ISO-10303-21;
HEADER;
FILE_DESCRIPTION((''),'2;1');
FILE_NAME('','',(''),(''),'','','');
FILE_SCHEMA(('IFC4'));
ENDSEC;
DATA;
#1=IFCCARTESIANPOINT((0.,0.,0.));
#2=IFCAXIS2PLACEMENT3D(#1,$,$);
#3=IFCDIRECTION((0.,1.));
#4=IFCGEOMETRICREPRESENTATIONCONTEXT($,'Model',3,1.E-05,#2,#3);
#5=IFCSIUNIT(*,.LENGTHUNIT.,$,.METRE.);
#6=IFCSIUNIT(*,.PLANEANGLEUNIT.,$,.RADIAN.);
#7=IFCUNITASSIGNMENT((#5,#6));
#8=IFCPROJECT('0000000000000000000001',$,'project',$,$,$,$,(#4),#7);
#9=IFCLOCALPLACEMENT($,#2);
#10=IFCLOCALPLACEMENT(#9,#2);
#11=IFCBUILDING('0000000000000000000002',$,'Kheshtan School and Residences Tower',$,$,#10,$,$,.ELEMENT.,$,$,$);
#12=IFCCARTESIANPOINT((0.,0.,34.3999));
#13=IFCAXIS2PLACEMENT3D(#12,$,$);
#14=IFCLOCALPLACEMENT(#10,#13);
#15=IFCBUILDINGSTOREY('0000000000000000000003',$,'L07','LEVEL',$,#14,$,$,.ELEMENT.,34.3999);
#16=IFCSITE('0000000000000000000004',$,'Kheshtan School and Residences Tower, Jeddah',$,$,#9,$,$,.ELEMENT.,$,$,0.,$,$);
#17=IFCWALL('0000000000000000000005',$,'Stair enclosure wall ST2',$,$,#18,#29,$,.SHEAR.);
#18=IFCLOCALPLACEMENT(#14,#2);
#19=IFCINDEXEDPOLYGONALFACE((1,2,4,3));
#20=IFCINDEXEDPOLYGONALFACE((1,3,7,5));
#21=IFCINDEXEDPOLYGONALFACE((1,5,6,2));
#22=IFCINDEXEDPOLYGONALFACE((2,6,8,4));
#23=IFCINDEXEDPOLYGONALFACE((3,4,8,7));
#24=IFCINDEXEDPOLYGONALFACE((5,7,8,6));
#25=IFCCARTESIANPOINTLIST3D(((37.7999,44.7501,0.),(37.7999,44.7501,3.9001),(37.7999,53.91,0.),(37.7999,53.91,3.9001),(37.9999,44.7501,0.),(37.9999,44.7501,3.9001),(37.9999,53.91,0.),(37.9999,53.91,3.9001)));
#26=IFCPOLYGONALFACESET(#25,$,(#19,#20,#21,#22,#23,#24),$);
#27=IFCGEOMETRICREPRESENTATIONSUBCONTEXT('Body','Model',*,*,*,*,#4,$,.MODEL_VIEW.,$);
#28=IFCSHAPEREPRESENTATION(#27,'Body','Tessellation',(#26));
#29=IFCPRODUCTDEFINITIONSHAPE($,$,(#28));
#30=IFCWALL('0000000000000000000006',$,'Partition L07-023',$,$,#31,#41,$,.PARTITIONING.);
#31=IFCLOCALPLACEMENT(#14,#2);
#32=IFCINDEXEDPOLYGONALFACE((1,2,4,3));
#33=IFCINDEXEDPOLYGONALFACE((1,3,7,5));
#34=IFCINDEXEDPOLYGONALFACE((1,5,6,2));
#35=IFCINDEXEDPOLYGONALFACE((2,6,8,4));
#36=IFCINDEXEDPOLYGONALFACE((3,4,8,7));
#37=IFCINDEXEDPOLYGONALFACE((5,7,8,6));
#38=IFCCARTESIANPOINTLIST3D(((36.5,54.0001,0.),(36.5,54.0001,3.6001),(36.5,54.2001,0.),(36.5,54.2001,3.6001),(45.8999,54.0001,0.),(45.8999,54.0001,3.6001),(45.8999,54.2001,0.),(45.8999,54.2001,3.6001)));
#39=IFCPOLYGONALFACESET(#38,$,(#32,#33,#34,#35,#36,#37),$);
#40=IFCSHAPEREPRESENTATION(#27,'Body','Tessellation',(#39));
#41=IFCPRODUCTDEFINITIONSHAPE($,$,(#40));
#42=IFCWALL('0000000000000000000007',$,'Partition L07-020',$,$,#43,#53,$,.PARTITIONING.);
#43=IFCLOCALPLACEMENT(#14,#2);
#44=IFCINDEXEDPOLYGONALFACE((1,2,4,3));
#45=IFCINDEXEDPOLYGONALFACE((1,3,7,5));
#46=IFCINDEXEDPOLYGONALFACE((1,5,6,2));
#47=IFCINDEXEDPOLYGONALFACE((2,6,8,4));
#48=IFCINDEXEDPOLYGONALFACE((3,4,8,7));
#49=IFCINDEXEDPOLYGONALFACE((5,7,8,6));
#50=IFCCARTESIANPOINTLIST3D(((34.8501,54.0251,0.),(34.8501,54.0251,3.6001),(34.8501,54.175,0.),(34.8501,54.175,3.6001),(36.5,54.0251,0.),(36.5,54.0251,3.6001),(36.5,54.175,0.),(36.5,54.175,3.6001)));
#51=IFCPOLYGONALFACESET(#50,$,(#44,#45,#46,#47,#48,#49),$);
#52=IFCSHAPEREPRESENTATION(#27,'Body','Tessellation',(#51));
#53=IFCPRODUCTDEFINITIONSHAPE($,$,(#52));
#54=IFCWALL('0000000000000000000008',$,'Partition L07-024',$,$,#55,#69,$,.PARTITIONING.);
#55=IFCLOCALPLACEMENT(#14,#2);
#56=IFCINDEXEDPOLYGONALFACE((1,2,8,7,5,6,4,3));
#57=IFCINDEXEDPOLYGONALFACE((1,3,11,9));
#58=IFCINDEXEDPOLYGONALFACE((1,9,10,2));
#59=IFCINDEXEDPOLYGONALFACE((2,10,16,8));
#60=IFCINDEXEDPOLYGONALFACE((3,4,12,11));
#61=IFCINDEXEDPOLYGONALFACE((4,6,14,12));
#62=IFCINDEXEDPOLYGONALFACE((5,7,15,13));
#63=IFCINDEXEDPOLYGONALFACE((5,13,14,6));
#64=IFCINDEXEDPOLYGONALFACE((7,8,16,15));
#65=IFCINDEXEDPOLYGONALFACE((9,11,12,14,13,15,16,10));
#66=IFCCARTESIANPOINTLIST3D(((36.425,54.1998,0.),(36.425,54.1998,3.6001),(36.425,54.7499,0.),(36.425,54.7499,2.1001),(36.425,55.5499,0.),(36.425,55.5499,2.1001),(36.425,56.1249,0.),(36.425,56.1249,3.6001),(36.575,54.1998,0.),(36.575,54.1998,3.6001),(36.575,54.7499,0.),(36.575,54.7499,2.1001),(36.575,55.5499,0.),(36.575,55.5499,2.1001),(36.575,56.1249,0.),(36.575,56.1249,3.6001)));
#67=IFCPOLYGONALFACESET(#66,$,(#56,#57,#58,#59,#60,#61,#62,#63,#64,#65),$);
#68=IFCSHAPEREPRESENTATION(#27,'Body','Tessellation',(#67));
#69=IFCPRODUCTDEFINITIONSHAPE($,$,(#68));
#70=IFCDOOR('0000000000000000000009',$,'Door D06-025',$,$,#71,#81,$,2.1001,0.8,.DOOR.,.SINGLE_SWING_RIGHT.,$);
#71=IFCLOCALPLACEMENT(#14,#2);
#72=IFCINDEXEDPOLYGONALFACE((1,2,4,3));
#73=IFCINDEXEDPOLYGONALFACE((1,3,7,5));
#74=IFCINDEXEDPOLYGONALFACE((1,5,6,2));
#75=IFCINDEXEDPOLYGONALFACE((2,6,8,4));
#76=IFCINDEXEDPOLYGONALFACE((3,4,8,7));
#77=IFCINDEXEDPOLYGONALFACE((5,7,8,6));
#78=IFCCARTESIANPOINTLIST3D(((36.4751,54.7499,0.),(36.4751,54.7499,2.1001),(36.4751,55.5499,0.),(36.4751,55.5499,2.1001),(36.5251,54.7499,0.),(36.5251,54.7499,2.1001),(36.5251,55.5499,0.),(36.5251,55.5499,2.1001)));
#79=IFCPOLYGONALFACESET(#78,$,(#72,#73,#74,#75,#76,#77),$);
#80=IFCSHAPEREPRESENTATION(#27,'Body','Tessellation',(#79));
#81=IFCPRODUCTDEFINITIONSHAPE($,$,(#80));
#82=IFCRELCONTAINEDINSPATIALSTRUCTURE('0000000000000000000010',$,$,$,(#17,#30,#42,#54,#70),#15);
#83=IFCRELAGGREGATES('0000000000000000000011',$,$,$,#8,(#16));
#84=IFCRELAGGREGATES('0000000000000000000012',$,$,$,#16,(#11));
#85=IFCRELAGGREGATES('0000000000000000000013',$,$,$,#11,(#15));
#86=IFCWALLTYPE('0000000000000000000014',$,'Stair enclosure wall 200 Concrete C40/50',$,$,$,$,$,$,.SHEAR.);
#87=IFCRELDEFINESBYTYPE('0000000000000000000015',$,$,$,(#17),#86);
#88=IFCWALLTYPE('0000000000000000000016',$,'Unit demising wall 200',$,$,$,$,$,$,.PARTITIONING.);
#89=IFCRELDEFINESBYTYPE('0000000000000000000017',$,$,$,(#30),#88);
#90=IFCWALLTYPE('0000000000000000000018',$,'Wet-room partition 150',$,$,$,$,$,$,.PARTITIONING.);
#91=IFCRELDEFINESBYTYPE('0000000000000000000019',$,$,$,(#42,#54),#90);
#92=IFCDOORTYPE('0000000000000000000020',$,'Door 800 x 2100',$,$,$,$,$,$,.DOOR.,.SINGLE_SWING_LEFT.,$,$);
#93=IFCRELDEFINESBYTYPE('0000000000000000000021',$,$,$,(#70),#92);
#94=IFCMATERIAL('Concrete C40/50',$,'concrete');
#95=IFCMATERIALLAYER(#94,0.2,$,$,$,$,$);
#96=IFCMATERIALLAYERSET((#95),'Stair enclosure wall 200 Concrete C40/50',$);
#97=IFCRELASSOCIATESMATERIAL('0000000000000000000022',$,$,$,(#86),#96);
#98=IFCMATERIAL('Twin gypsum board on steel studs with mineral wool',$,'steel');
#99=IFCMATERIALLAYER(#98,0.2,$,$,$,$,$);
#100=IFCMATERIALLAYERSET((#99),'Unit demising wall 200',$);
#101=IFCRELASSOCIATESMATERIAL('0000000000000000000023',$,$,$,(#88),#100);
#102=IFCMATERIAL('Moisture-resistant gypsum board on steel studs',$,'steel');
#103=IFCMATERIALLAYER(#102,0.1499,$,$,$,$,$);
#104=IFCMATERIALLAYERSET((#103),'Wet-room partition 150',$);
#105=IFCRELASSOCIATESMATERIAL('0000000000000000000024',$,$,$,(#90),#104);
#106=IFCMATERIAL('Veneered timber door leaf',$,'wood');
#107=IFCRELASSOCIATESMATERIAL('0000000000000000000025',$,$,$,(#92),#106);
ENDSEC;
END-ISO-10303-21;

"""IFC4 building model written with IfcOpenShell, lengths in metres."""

from ifc_helpers import new_model, si_unit, direction, frame, frame_2d, origin, place, context, subcontext, project, spatial, rectangle, extrude, source, transform, mapped, material, layer, layer_set, type_object, element, fill, save


model = new_model("IFC4")

# Units and contexts
model_context = context("Model", 3, precision=1e-05, world=origin(), true_north=direction((0.0, 1.0)))
body_context = subcontext(model_context, "Body", "Model", "MODEL_VIEW")
ifc_project = project(units=[si_unit("LENGTHUNIT", "METRE"), si_unit("PLANEANGLEUNIT", "RADIAN")], contexts=[model_context])

# Site, building, storey
site_placement = place(None, origin())
site = spatial("IfcSite", under=ifc_project, at=site_placement, Name="Kheshtan School and Residences Tower, Jeddah", CompositionType="ELEMENT", RefElevation=0.0)
building_placement = place(site_placement, origin())
building = spatial("IfcBuilding", under=site, at=building_placement, Name="Kheshtan School and Residences Tower", CompositionType="ELEMENT")
storey_placement = place(building_placement, frame((0.0, 0.0, 34.3999)))
storey = spatial("IfcBuildingStorey", under=building, at=storey_placement, Name="L07", Description="LEVEL", CompositionType="ELEMENT", Elevation=34.3999)

# Walls
ifc_material_1 = material(Name="Concrete C40/50", Category="concrete")
ifc_layer_1 = layer(ifc_material_1, 0.2)
ifc_layer_set_1 = layer_set([ifc_layer_1], Name="Stair enclosure wall 200 Concrete C40/50")
wall_type_1 = type_object("IfcWallType", Name="Stair enclosure wall 200 Concrete C40/50", PredefinedType="SHEAR", material=ifc_layer_set_1)
wall_1_placement = place(storey_placement, frame((37.8999, 44.75, 0.0), z_axis=(0.0, 0.0, 1.0), x_axis=(0.0, 1.0, 0.0)))
element("IfcWall", 1, at=wall_1_placement, inside=storey, type_object=wall_type_1, Name="Stair enclosure wall ST2", PredefinedType="SHEAR", context=body_context, shape_type="SweptSolid", body=[
    extrude(rectangle(XDim=9.1599, YDim=0.2, at=frame_2d((4.5801, 0.0))), origin(), (0.0, 0.0, 1.0), 3.9001),
])
ifc_material_2 = material(Name="Twin gypsum board on steel studs with mineral wool", Category="steel")
ifc_layer_2 = layer(ifc_material_2, 0.2)
ifc_layer_set_2 = layer_set([ifc_layer_2], Name="Unit demising wall 200")
wall_type_2 = type_object("IfcWallType", Name="Unit demising wall 200", PredefinedType="PARTITIONING", material=ifc_layer_set_2)
wall_2_placement = place(storey_placement, frame((36.5, 54.1001, 0.0), z_axis=(0.0, 0.0, 1.0), x_axis=(1.0, 0.0, 0.0)))
element("IfcWall", 2, at=wall_2_placement, inside=storey, type_object=wall_type_2, Name="Partition L07-023", PredefinedType="PARTITIONING", context=body_context, shape_type="SweptSolid", body=[
    extrude(rectangle(XDim=9.3999, YDim=0.2, at=frame_2d((4.7, 0.0))), origin(), (0.0, 0.0, 1.0), 3.6001),
])
ifc_material_3 = material(Name="Moisture-resistant gypsum board on steel studs", Category="steel")
ifc_layer_3 = layer(ifc_material_3, 0.1499)
ifc_layer_set_3 = layer_set([ifc_layer_3], Name="Wet-room partition 150")
wall_type_3 = type_object("IfcWallType", Name="Wet-room partition 150", PredefinedType="PARTITIONING", material=ifc_layer_set_3)
wall_3_placement = place(storey_placement, frame((34.8501, 54.1001, 0.0), z_axis=(0.0, 0.0, 1.0), x_axis=(1.0, 0.0, 0.0)))
element("IfcWall", 3, at=wall_3_placement, inside=storey, type_object=wall_type_3, Name="Partition L07-020", PredefinedType="PARTITIONING", context=body_context, shape_type="SweptSolid", body=[
    extrude(rectangle(XDim=1.6499, YDim=0.1499, at=frame_2d((0.825, 0.0))), origin(), (0.0, 0.0, 1.0), 3.6001),
])

# Wall, opening, door
wall_4_placement = place(storey_placement, frame((36.5, 54.2, 0.0), z_axis=(0.0, 0.0, 1.0), x_axis=(0.0, 1.0, 0.0)))
wall_4 = element("IfcWall", 4, at=wall_4_placement, inside=storey, type_object=wall_type_3, Name="Partition L07-024", PredefinedType="PARTITIONING", context=body_context, shape_type="SweptSolid", body=[
    extrude(rectangle(XDim=1.925, YDim=0.1499, at=frame_2d((0.9624, 0.0))), origin(), (0.0, 0.0, 1.0), 3.6001),
])
opening_1_placement = place(wall_4_placement, frame((0.55, 0.0, 0.0)))
opening_1 = element("IfcOpeningElement", 5, at=opening_1_placement, cuts=wall_4, PredefinedType="OPENING", context=body_context, shape_type="SweptSolid", body=[
    extrude(rectangle(XDim=0.8, YDim=2.1001, at=frame_2d((0.3999, 1.05))), frame((0.0, 0.085, 0.0), z_axis=(0.0, -1.0, 0.0), x_axis=(1.0, 0.0, 0.0)), (0.0, 0.0, 1.0), 0.1699),
])
ifc_material_4 = material(Name="Veneered timber door leaf", Category="wood")
door_type_1 = type_object("IfcDoorType", Name="Door 800 x 2100", OperationType="SINGLE_SWING_LEFT", PredefinedType="DOOR", material=ifc_material_4)
shared_shape_1 = source(origin(), body_context, "Body", "SweptSolid", [
    extrude(rectangle(XDim=0.8, YDim=2.1001, at=frame_2d((0.3999, 1.05))), frame((0.0, 0.0249, 0.0), z_axis=(0.0, -1.0, 0.0), x_axis=(1.0, 0.0, 0.0)), (0.0, 0.0, 1.0), 0.05),
])
door_1_placement = place(opening_1_placement, origin())
door_1 = element("IfcDoor", 6, at=door_1_placement, inside=storey, type_object=door_type_1, Name="Door D06-025", OperationType="SINGLE_SWING_RIGHT", OverallHeight=2.1001, OverallWidth=0.8, PredefinedType="DOOR", context=body_context, shape_type="MappedRepresentation", body=[
    mapped(shared_shape_1, transform((0.0, 0.0, 0.0), x_axis=(1.0, 0.0, 0.0), y_axis=(0.0, 1.0, 0.0), z_axis=(0.0, 0.0, 1.0), scale=1.0)),
])
fill(opening_1, door_1)

save(model, "model.ifc")
